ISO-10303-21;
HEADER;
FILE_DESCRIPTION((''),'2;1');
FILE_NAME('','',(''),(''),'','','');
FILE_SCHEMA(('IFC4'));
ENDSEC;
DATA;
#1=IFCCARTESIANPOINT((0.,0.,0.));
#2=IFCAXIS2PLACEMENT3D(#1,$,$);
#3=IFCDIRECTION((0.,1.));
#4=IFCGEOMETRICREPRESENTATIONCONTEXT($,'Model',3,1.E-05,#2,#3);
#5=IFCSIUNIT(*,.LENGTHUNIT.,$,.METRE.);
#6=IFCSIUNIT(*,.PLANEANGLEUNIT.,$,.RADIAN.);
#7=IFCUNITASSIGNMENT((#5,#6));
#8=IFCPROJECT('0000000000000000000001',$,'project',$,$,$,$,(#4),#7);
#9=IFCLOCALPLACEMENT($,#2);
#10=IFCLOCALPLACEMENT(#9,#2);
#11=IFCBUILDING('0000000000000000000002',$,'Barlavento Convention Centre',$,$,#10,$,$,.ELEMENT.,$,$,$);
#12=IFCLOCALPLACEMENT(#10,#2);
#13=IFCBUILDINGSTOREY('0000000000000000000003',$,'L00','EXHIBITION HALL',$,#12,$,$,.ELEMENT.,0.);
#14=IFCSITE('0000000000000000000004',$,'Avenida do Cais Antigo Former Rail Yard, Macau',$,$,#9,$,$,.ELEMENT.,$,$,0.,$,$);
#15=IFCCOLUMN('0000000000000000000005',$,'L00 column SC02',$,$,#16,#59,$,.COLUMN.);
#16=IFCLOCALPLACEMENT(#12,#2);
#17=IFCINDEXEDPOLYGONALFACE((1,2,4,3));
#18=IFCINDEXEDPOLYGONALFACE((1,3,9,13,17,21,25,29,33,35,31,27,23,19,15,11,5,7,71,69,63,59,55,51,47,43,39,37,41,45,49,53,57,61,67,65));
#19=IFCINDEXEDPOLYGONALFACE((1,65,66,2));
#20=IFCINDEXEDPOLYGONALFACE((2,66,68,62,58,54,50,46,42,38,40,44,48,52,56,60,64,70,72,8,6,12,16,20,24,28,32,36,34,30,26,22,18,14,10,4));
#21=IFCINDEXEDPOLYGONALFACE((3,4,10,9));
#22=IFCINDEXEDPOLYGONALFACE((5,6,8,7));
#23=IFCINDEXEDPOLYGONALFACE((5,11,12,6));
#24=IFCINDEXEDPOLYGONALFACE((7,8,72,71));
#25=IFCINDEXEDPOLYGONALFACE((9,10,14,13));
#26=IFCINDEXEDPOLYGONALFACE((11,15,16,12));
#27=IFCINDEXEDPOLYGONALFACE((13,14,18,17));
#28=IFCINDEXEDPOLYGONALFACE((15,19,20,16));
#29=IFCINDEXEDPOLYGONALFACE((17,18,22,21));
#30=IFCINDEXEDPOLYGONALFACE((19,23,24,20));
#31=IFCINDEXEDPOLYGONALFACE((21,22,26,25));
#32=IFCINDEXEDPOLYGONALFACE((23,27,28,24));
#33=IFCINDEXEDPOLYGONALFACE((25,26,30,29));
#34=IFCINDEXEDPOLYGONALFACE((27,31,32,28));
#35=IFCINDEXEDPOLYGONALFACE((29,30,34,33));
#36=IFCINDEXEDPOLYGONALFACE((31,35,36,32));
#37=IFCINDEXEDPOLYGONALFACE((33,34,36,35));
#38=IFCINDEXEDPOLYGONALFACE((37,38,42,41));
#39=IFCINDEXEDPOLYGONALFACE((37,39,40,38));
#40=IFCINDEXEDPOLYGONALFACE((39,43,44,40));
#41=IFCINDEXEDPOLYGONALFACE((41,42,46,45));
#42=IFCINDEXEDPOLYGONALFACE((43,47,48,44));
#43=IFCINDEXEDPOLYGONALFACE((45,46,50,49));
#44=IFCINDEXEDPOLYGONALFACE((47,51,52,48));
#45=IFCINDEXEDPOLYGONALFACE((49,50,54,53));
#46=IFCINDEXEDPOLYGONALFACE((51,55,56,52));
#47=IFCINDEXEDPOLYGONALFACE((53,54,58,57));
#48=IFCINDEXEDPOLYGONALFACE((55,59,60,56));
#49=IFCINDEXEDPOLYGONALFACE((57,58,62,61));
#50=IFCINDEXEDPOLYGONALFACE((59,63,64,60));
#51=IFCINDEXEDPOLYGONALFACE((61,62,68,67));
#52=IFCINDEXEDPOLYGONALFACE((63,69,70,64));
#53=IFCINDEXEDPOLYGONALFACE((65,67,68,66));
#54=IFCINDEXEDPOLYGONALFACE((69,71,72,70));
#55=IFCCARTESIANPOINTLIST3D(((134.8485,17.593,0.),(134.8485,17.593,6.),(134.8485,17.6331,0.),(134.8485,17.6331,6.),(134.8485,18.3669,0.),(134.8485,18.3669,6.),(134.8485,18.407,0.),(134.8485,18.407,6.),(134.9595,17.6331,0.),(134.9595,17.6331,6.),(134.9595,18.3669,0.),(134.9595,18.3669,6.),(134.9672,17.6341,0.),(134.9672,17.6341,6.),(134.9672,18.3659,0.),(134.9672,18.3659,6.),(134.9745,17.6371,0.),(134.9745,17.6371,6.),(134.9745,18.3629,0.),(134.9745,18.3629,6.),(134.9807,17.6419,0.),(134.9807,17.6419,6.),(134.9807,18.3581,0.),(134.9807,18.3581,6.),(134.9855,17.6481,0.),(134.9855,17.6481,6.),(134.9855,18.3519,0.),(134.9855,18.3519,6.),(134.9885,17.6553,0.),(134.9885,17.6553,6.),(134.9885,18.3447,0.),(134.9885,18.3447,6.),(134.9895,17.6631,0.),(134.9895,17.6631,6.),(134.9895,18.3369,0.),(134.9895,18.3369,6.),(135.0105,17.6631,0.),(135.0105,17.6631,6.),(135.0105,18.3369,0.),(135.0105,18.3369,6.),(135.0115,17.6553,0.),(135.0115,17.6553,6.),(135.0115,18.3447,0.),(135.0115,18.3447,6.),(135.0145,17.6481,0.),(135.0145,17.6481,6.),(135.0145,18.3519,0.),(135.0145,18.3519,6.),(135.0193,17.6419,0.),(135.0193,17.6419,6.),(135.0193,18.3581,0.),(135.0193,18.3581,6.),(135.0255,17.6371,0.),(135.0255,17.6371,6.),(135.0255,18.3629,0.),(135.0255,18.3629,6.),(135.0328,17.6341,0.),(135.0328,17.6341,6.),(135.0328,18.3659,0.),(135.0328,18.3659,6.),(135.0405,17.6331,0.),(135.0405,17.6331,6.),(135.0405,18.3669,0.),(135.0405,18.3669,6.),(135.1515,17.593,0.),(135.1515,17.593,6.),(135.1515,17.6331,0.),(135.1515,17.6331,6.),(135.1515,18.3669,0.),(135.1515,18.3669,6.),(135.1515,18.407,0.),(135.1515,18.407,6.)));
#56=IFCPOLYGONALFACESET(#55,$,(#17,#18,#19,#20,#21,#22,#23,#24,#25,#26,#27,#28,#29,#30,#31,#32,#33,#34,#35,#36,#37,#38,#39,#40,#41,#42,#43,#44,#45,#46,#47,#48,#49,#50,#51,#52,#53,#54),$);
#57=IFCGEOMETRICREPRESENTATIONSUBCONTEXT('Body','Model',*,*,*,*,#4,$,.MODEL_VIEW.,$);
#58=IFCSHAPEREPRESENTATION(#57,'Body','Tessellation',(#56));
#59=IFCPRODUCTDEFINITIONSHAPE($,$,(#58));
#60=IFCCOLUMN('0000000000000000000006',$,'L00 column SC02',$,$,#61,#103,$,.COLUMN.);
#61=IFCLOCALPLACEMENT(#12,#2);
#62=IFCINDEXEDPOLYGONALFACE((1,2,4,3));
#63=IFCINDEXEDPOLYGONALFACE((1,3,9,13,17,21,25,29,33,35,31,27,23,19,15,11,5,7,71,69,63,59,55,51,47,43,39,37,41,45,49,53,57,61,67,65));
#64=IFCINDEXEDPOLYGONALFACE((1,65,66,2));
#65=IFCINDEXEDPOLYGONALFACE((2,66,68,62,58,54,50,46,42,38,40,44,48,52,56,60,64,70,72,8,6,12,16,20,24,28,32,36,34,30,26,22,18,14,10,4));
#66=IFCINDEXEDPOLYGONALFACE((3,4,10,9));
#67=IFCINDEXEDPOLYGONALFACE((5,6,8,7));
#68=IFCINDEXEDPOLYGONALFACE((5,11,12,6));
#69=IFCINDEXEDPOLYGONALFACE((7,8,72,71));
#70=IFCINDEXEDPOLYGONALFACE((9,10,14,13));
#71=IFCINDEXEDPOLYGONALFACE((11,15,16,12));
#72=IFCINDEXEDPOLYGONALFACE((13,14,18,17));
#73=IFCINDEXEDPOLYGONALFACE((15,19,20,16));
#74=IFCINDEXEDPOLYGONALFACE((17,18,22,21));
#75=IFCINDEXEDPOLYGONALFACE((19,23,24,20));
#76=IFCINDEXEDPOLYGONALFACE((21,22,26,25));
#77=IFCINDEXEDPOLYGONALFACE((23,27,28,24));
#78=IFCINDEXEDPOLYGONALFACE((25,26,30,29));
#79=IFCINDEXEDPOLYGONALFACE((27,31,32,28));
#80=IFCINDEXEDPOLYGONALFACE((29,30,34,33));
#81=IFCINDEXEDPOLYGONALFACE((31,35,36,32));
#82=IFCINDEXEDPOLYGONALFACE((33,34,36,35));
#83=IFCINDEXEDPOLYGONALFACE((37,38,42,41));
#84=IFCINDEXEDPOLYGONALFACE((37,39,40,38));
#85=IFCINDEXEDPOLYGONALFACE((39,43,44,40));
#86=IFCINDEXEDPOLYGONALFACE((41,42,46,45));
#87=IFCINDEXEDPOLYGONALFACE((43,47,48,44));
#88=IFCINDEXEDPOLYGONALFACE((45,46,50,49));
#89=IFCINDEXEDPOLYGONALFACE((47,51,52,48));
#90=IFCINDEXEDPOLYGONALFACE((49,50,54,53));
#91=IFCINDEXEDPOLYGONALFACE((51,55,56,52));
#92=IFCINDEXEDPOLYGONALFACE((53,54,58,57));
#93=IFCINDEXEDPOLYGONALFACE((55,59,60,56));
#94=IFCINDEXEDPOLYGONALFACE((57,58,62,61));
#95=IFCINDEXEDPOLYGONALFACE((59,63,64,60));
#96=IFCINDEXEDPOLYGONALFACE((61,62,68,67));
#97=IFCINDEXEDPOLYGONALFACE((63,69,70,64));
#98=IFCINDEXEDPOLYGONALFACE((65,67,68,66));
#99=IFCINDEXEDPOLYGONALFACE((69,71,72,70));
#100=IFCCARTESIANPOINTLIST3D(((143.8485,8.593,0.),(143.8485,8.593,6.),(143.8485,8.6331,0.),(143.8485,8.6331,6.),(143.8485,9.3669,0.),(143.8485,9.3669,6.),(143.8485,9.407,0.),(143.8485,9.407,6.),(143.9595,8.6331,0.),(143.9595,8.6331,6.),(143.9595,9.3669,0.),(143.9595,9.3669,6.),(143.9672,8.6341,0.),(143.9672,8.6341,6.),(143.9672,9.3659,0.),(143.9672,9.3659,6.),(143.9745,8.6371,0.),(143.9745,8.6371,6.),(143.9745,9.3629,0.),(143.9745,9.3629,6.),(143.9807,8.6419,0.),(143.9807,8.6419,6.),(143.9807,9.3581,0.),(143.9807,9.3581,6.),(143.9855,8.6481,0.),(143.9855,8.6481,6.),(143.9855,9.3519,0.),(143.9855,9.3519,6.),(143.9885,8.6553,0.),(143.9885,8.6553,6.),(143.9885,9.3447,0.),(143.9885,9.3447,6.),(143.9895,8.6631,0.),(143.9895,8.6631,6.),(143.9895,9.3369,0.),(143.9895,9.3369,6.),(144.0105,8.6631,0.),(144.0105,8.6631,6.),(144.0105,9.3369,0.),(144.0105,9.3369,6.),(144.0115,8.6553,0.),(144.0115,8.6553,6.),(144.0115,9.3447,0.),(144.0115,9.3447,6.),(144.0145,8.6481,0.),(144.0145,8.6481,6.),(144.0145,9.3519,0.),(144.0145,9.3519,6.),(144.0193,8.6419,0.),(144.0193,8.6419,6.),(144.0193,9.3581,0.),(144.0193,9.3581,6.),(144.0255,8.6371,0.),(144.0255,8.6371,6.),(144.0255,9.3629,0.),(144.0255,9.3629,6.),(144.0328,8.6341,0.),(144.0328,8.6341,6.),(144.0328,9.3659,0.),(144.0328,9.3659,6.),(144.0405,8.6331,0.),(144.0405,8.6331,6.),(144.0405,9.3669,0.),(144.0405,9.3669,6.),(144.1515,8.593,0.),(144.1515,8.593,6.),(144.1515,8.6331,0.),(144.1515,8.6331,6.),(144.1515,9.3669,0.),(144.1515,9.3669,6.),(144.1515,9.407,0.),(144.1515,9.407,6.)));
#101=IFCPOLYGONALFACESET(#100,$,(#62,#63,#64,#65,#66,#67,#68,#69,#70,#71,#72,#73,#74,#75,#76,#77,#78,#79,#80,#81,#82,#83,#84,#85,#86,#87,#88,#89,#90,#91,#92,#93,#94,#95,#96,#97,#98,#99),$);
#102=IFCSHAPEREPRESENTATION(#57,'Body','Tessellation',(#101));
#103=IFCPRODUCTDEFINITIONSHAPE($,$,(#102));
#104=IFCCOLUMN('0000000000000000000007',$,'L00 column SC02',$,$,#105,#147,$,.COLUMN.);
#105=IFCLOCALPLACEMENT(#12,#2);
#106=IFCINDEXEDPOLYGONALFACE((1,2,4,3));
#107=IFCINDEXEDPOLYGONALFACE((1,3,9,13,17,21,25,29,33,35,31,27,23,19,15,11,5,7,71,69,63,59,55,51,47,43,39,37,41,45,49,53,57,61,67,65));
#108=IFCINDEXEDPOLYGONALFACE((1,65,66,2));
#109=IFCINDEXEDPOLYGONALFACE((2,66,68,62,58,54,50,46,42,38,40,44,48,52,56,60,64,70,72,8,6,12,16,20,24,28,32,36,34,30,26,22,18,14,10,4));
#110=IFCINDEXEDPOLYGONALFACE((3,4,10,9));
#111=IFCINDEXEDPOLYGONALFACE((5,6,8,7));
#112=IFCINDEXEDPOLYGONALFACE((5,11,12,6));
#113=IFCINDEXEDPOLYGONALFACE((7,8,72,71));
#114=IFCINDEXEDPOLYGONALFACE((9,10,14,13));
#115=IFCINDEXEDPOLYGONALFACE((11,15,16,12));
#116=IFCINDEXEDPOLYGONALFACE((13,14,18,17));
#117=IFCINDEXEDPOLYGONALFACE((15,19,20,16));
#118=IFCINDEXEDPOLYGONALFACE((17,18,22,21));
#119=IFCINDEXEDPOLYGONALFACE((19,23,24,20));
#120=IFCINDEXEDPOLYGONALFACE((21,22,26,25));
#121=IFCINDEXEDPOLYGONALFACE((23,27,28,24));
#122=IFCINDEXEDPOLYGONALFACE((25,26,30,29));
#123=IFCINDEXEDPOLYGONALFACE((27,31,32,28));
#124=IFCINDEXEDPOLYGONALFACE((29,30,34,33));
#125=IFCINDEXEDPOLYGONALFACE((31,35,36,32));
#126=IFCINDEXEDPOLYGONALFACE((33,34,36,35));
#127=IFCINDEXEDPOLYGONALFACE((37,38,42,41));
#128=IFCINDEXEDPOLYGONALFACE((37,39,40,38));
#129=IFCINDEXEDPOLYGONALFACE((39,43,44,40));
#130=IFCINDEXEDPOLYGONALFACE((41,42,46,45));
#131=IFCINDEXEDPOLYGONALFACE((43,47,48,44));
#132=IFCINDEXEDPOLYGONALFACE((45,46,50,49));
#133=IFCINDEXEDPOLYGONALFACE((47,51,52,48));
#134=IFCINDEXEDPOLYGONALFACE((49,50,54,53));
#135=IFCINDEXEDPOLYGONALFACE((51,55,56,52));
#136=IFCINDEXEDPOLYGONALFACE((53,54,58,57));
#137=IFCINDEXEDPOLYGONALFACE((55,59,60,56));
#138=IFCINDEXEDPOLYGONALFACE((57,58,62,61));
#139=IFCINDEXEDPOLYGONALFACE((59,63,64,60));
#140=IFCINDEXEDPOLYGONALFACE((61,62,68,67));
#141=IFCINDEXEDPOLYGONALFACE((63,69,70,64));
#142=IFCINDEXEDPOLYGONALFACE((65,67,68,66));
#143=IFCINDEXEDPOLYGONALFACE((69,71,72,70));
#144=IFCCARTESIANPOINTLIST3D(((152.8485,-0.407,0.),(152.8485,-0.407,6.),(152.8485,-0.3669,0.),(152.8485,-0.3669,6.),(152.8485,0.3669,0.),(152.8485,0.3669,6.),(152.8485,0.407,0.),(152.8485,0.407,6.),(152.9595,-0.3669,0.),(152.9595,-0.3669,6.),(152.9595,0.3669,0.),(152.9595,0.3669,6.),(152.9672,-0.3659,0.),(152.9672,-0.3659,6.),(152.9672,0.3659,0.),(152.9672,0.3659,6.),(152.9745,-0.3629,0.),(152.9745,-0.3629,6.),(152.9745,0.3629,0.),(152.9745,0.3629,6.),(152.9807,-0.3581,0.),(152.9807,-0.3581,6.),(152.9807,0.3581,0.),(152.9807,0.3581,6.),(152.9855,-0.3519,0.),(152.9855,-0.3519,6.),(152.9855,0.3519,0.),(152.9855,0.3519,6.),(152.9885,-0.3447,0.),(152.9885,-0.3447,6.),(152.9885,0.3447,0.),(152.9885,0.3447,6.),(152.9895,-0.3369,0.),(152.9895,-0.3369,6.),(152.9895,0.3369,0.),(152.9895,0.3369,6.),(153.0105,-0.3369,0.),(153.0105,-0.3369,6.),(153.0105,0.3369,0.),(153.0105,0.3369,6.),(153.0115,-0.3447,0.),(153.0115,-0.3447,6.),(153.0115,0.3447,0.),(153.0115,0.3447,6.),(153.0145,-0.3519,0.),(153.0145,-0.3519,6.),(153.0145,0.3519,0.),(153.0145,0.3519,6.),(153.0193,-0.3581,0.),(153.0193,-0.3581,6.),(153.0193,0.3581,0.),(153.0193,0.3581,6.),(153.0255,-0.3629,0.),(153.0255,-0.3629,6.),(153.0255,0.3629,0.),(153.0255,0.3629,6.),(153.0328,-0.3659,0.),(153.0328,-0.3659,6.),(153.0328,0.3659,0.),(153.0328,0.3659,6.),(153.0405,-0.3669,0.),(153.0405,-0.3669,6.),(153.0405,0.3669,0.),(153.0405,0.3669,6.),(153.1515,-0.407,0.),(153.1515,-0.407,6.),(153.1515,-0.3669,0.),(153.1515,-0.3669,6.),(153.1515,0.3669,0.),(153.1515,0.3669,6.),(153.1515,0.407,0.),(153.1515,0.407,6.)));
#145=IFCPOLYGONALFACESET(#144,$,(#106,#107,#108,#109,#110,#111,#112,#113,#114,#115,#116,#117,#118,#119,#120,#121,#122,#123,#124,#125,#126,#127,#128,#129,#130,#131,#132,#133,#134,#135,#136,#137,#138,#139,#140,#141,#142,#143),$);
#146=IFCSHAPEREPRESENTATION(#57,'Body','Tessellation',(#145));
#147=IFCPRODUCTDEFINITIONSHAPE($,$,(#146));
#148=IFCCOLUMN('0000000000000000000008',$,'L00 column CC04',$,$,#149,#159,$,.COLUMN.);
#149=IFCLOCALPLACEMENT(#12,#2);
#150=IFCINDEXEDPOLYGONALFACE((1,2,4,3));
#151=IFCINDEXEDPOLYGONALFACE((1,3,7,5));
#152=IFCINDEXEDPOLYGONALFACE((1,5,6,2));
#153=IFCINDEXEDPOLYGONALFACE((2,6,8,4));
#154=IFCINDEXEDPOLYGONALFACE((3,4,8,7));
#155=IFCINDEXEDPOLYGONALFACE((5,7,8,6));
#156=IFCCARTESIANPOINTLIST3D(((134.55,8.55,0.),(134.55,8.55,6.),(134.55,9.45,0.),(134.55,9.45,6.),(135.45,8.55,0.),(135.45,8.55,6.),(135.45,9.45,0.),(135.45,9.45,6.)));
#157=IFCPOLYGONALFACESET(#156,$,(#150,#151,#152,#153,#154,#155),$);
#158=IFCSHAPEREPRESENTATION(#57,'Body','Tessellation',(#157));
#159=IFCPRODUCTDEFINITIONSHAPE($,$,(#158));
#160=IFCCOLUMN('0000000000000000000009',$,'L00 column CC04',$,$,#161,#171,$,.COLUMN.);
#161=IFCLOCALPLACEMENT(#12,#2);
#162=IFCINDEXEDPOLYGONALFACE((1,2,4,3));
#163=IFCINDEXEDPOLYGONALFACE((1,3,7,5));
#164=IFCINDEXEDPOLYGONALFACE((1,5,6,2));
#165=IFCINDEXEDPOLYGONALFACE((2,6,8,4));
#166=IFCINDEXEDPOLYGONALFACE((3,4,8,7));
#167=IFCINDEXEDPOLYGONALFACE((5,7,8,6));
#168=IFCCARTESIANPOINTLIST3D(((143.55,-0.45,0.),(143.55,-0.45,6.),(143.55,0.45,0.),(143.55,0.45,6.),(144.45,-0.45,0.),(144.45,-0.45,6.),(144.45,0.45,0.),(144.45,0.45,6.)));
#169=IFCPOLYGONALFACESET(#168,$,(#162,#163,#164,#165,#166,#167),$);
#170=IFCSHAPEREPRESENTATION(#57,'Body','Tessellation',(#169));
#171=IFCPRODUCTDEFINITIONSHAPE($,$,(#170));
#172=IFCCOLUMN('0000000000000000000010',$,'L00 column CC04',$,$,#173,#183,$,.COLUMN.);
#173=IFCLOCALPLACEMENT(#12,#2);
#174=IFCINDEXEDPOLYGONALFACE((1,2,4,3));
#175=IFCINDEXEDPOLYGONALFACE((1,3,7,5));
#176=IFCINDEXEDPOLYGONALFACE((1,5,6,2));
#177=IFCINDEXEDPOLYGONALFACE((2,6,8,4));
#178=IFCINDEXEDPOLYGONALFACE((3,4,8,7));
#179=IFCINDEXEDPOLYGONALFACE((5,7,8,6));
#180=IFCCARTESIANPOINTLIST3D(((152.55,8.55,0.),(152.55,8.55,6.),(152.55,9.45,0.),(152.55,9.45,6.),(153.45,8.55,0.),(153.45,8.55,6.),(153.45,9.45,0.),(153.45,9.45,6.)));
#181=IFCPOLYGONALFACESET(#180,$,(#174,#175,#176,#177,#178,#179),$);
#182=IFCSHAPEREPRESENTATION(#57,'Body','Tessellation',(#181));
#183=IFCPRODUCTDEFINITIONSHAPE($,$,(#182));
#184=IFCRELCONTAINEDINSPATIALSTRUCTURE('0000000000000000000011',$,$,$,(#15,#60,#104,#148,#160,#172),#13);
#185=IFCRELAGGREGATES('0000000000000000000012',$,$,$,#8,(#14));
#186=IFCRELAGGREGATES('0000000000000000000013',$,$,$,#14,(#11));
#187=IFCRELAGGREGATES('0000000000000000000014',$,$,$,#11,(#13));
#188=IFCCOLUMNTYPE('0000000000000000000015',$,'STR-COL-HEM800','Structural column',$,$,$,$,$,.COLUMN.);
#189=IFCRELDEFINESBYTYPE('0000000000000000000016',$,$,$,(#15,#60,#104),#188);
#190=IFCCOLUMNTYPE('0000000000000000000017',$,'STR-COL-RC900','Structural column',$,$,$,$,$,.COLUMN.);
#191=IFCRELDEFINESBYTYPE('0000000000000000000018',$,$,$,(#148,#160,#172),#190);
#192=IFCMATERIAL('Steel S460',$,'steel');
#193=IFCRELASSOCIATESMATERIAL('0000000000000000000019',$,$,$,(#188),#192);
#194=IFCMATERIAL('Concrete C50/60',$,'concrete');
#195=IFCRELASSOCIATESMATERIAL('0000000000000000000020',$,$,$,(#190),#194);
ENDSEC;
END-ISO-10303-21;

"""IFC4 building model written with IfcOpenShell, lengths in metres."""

from ifc_helpers import new_model, si_unit, direction, frame, origin, origin_2d, place, context, subcontext, project, spatial, rectangle, i_section, extrude, material, material_profile, profile_set, type_object, element, save


model = new_model("IFC4")

# Units and contexts
model_context = context("Model", 3, precision=1e-05, world=origin(), true_north=direction((0.0, 1.0)))
body_context = subcontext(model_context, "Body", "Model", "MODEL_VIEW")
ifc_project = project(units=[si_unit("LENGTHUNIT", "METRE"), si_unit("PLANEANGLEUNIT", "RADIAN")], contexts=[model_context])

# Site, building, storey
site_placement = place(None, origin())
site = spatial("IfcSite", under=ifc_project, at=site_placement, Name="Avenida do Cais Antigo Former Rail Yard, Macau", CompositionType="ELEMENT", RefElevation=0.0)
building_placement = place(site_placement, origin())
building = spatial("IfcBuilding", under=site, at=building_placement, Name="Barlavento Convention Centre", CompositionType="ELEMENT")
storey_placement = place(building_placement, origin())
storey = spatial("IfcBuildingStorey", under=building, at=storey_placement, Name="L00", Description="EXHIBITION HALL", CompositionType="ELEMENT", Elevation=0.0)

# Columns
ifc_material_1 = material(Name="Steel S460", Category="steel")
ifc_material_profile_1 = material_profile(ifc_material_1, i_section(OverallWidth=0.303, OverallDepth=0.814, WebThickness=0.021, FlangeThickness=0.04, FilletRadius=0.03, at=origin_2d()), Name="HEM 800")
ifc_profile_set_1 = profile_set([ifc_material_profile_1], Name="Steel S460")
column_type_1 = type_object("IfcColumnType", Name="STR-COL-HEM800", Description="Structural column", PredefinedType="COLUMN", material=ifc_profile_set_1)
for number, where, z_axis, x_axis, name in (
    (1, (135.0, 18.0, 0.0), (0.0, 0.0, 1.0), (1.0, 0.0, 0.0), "L00 column SC02"),
    (2, (144.0, 9.0, 0.0), (0.0, 0.0, 1.0), (1.0, 0.0, 0.0), "L00 column SC02"),
    (3, (153.0, 0.0, 0.0), (0.0, 0.0, 1.0), (1.0, 0.0, 0.0), "L00 column SC02"),
):
    element("IfcColumn", number, at=place(storey_placement, frame(where, z_axis=z_axis, x_axis=x_axis)), inside=storey, type_object=column_type_1, Name=name, PredefinedType="COLUMN", context=body_context, shape_type="SweptSolid", body=[
        extrude(i_section(OverallWidth=0.303, OverallDepth=0.814, WebThickness=0.021, FlangeThickness=0.04, FilletRadius=0.03, at=origin_2d()), origin(), (0.0, 0.0, 1.0), 6.0),
    ])
ifc_material_2 = material(Name="Concrete C50/60", Category="concrete")
ifc_material_profile_2 = material_profile(ifc_material_2, rectangle(XDim=0.8999, YDim=0.8999, at=origin_2d()), Name="RC 900x900")
ifc_profile_set_2 = profile_set([ifc_material_profile_2], Name="Concrete C50/60")
column_type_2 = type_object("IfcColumnType", Name="STR-COL-RC900", Description="Structural column", PredefinedType="COLUMN", material=ifc_profile_set_2)
for number, where, z_axis, x_axis, name in (
    (4, (135.0, 9.0, 0.0), (0.0, 0.0, 1.0), (1.0, 0.0, 0.0), "L00 column CC04"),
    (5, (144.0, 0.0, 0.0), (0.0, 0.0, 1.0), (1.0, 0.0, 0.0), "L00 column CC04"),
    (6, (153.0, 9.0, 0.0), (0.0, 0.0, 1.0), (1.0, 0.0, 0.0), "L00 column CC04"),
):
    element("IfcColumn", number, at=place(storey_placement, frame(where, z_axis=z_axis, x_axis=x_axis)), inside=storey, type_object=column_type_2, Name=name, PredefinedType="COLUMN", context=body_context, shape_type="SweptSolid", body=[
        extrude(rectangle(XDim=0.8999, YDim=0.8999, at=origin_2d()), origin(), (0.0, 0.0, 1.0), 6.0),
    ])

save(model, "model.ifc")
